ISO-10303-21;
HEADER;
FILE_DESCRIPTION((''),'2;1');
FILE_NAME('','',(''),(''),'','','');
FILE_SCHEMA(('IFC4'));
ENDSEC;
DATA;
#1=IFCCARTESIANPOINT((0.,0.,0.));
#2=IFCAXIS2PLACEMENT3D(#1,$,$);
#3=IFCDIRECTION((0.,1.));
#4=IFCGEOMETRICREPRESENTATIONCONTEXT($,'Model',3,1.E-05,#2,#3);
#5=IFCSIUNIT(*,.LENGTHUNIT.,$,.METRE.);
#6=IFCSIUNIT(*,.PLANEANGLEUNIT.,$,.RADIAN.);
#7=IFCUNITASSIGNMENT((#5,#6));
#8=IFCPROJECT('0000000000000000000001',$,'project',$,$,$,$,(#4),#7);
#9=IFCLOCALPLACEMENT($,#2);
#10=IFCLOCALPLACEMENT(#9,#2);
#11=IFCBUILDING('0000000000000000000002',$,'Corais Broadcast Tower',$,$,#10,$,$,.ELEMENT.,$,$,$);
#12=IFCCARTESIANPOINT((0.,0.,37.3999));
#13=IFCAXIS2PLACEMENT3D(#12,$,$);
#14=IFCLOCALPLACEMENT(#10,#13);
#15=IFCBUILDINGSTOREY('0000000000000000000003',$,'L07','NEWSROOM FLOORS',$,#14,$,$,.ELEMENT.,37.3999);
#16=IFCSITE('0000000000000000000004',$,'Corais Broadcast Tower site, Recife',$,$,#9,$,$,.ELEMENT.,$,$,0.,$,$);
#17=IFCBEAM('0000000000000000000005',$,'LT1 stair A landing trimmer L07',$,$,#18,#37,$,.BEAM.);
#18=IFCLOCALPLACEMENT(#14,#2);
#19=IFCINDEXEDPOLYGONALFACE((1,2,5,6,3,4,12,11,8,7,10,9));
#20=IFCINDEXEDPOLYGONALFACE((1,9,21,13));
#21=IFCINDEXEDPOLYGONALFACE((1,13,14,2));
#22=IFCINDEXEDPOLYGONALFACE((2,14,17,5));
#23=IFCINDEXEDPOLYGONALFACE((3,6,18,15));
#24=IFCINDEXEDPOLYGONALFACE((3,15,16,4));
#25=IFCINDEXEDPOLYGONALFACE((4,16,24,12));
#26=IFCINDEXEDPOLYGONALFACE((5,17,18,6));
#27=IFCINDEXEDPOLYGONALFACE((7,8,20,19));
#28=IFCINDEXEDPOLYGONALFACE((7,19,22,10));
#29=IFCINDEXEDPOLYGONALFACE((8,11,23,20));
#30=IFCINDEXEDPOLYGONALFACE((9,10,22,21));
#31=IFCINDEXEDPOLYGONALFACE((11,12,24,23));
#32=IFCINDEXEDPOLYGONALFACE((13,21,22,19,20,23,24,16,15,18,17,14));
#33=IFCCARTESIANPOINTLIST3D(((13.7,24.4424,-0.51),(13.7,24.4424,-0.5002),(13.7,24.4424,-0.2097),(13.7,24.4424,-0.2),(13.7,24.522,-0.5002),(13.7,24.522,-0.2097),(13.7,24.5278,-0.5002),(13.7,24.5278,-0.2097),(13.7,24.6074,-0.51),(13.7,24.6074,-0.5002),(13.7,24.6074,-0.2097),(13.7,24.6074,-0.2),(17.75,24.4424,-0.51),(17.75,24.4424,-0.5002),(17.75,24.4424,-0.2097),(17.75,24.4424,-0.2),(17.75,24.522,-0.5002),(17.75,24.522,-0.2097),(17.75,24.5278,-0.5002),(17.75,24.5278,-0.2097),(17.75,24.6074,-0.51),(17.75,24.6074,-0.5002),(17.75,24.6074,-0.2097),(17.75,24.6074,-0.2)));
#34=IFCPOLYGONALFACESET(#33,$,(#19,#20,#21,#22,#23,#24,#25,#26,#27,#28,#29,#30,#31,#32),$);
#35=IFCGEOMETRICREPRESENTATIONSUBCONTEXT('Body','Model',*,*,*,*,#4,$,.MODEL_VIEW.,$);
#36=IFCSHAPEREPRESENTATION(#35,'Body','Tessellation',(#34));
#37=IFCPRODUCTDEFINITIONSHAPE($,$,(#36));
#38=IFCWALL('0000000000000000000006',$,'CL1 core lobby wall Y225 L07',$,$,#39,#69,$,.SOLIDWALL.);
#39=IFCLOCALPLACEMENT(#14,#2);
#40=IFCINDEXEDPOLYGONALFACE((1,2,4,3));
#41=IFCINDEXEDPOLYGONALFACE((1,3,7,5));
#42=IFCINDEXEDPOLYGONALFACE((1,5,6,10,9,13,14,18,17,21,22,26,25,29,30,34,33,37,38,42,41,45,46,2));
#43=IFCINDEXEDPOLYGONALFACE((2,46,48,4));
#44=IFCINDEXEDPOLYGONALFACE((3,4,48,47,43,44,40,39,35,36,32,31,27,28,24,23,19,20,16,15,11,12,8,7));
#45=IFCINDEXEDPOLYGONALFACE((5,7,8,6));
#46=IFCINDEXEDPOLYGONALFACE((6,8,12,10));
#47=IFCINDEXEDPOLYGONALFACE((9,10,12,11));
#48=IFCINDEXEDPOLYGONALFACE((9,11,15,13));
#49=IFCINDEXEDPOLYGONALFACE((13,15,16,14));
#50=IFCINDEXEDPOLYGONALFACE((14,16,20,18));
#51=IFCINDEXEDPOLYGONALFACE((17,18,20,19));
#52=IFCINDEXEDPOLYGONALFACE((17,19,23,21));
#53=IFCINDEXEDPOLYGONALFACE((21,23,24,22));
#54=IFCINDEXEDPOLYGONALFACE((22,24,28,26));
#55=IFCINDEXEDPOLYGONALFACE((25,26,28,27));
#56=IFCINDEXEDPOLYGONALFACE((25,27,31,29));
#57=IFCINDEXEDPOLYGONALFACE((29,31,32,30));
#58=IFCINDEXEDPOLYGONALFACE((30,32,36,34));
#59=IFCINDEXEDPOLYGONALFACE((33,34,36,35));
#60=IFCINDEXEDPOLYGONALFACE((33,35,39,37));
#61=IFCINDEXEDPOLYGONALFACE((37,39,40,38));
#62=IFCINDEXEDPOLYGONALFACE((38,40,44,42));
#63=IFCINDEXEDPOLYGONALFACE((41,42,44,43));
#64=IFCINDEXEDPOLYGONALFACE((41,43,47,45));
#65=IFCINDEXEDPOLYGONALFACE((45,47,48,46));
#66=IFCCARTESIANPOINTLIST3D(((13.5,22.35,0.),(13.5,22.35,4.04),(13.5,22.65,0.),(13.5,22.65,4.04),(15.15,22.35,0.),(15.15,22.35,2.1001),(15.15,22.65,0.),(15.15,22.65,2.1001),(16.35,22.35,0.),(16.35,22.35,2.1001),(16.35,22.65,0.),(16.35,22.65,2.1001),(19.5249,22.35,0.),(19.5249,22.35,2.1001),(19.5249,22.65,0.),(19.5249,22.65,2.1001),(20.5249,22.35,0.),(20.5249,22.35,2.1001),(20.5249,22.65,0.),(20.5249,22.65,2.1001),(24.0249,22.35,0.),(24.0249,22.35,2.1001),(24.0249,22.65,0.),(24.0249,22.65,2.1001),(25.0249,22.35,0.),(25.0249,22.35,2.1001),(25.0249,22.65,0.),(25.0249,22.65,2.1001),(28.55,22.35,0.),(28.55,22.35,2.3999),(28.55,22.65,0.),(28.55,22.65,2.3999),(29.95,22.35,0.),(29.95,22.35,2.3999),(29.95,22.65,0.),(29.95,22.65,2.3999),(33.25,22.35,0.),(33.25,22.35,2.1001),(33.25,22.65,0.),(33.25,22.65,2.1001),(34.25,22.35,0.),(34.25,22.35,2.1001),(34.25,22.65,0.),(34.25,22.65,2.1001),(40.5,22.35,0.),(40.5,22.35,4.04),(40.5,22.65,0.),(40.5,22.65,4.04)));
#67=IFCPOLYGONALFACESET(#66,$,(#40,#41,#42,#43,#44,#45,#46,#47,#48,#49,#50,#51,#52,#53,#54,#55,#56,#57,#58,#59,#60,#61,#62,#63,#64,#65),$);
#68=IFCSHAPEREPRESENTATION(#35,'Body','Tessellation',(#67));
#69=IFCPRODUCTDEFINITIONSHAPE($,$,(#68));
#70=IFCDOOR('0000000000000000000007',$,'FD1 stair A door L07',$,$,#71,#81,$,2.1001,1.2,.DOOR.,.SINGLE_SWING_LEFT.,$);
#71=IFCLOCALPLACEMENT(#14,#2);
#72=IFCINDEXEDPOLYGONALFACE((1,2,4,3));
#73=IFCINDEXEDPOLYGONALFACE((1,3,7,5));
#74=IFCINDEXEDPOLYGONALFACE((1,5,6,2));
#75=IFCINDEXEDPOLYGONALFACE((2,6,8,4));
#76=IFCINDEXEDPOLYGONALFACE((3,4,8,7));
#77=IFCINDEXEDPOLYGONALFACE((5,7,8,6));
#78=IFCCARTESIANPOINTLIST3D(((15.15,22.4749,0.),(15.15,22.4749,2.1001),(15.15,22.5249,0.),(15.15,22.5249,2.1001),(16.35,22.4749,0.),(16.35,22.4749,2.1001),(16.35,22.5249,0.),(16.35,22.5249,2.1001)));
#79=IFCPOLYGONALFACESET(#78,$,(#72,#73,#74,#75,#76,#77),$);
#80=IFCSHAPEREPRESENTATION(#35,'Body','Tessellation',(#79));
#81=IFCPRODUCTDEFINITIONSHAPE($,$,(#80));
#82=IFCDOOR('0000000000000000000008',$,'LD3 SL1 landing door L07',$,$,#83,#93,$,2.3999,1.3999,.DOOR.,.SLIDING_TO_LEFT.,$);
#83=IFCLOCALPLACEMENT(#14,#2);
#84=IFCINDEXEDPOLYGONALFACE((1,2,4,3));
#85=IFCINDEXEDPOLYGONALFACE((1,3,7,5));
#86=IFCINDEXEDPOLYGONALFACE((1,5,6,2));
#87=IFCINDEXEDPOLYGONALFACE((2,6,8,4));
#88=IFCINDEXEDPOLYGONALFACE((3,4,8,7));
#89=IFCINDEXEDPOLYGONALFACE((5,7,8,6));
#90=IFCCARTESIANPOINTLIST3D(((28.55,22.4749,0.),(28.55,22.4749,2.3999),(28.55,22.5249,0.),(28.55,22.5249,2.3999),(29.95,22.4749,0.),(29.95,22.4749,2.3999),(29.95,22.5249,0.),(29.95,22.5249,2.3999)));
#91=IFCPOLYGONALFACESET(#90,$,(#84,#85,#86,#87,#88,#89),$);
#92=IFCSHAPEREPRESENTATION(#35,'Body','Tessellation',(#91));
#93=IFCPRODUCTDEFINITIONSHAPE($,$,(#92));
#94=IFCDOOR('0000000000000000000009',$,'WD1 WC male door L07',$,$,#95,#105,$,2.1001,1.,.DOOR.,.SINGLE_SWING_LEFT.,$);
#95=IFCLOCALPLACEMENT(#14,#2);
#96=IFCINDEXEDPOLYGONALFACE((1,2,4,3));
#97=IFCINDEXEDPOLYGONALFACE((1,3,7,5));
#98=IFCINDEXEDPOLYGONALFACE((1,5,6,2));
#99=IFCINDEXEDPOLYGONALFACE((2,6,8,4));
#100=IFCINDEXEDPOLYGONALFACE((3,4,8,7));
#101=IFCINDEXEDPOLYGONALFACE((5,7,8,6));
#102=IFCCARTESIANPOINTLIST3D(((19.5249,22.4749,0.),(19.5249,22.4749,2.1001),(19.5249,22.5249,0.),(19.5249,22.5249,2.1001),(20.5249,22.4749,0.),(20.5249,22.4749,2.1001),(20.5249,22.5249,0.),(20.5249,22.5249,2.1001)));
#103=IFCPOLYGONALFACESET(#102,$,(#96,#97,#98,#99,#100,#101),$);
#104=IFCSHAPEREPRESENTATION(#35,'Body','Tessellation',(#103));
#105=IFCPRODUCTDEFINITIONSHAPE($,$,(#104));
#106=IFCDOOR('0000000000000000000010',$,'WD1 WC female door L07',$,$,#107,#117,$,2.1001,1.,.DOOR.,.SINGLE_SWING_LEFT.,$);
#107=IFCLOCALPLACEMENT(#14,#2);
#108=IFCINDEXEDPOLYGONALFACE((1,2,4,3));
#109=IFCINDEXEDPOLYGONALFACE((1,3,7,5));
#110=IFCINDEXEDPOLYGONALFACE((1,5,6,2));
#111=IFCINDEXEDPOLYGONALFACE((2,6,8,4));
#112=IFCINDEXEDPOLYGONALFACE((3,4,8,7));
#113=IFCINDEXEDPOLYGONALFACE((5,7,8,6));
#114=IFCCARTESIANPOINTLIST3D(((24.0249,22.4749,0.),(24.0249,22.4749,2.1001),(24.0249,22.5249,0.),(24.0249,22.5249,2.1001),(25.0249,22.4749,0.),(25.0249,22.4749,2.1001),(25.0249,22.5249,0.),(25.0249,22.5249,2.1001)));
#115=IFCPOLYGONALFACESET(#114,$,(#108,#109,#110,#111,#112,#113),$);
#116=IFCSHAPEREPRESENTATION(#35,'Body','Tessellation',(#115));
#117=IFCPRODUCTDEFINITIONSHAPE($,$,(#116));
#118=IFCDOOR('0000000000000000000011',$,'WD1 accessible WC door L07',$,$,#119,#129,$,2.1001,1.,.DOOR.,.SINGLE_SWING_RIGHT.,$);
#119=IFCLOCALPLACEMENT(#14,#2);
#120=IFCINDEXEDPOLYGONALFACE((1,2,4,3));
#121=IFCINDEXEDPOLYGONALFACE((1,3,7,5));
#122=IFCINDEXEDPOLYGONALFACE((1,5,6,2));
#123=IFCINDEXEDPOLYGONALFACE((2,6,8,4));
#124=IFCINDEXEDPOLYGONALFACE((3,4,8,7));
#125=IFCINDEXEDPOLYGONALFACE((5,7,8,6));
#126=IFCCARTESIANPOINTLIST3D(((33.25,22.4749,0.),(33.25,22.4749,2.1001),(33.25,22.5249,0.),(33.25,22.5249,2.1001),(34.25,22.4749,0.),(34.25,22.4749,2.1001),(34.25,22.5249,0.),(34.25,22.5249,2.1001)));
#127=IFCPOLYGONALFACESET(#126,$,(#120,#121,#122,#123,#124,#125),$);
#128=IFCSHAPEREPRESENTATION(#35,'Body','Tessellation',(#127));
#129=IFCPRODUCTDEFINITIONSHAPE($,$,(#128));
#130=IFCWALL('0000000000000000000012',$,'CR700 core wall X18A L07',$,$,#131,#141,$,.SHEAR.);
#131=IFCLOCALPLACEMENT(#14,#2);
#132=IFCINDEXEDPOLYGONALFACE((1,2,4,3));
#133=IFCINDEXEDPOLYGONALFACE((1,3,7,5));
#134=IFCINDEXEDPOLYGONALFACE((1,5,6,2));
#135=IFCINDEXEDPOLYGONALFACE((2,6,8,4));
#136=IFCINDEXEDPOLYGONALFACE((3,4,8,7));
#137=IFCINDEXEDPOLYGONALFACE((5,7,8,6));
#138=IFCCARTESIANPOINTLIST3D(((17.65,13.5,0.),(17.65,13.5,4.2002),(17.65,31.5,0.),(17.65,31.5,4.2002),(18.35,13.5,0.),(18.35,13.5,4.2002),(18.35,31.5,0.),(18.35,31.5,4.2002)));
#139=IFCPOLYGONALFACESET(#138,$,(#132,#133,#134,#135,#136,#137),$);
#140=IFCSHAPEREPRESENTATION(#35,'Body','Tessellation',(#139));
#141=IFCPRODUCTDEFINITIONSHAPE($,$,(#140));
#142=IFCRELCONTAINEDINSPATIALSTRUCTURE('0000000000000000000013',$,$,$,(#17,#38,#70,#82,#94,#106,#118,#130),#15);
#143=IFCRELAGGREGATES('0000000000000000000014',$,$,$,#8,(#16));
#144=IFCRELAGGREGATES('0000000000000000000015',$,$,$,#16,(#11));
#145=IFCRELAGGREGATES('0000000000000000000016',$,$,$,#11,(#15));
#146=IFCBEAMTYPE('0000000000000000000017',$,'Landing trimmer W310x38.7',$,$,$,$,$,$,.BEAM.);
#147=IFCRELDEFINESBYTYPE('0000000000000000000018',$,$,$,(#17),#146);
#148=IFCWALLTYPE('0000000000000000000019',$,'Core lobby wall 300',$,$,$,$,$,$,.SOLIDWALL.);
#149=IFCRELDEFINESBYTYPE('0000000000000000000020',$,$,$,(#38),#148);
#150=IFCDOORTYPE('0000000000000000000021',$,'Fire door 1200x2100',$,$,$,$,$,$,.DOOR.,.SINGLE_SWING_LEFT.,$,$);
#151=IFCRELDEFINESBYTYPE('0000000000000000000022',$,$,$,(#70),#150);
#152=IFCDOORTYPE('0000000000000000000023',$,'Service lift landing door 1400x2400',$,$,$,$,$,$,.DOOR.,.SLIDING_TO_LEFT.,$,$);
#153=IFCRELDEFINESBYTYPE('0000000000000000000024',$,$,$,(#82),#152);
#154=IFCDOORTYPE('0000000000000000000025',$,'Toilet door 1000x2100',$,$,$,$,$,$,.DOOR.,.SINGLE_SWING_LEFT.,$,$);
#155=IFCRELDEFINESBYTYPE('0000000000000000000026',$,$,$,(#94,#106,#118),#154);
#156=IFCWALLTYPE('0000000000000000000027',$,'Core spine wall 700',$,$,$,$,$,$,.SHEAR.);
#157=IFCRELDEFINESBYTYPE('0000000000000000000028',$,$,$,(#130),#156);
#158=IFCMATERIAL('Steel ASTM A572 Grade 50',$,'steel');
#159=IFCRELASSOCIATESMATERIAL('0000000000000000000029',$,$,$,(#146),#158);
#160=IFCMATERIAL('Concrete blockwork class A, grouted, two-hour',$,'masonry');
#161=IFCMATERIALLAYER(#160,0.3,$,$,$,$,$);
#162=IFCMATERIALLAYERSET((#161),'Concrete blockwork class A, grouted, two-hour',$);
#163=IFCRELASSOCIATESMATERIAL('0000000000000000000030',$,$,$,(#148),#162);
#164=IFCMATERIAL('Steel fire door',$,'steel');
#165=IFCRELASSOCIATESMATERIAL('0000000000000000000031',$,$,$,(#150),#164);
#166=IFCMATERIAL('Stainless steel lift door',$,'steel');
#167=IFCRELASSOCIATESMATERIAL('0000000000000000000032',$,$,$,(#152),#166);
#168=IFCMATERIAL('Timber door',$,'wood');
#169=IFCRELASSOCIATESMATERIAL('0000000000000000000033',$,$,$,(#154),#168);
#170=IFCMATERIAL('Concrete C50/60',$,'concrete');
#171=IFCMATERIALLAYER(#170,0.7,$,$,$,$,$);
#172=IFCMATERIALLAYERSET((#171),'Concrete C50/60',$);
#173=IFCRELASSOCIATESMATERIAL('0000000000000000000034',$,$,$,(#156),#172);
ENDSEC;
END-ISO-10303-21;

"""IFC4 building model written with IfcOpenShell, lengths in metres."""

from ifc_helpers import new_model, si_unit, direction, frame, frame_2d, origin, origin_2d, place, context, subcontext, project, spatial, rectangle, i_section, extrude, material, layer, layer_set, material_profile, profile_set, type_object, element, fill, save


model = new_model("IFC4")

# Units and contexts
model_context = context("Model", 3, precision=1e-05, world=origin(), true_north=direction((0.0, 1.0)))
body_context = subcontext(model_context, "Body", "Model", "MODEL_VIEW")
ifc_project = project(units=[si_unit("LENGTHUNIT", "METRE"), si_unit("PLANEANGLEUNIT", "RADIAN")], contexts=[model_context])

# Site, building, storey
site_placement = place(None, origin())
site = spatial("IfcSite", under=ifc_project, at=site_placement, Name="Corais Broadcast Tower site, Recife", CompositionType="ELEMENT", RefElevation=0.0)
building_placement = place(site_placement, origin())
building = spatial("IfcBuilding", under=site, at=building_placement, Name="Corais Broadcast Tower", CompositionType="ELEMENT")
storey_placement = place(building_placement, frame((0.0, 0.0, 37.3999)))
storey = spatial("IfcBuildingStorey", under=building, at=storey_placement, Name="L07", Description="NEWSROOM FLOORS", CompositionType="ELEMENT", Elevation=37.3999)

# Beam
ifc_material_1 = material(Name="Steel ASTM A572 Grade 50", Category="steel")
ifc_material_profile = material_profile(ifc_material_1, i_section(OverallWidth=0.165, OverallDepth=0.3101, WebThickness=0.0059, FlangeThickness=0.0098, at=origin_2d()), Name="W310x38.7")
ifc_profile_set = profile_set([ifc_material_profile], Name="Steel ASTM A572 Grade 50")
beam_type = type_object("IfcBeamType", Name="Landing trimmer W310x38.7", PredefinedType="BEAM", material=ifc_profile_set)
beam_placement = place(storey_placement, frame((13.7, 24.5249, -0.355), z_axis=(1.0, 0.0, 0.0), x_axis=(0.0, 1.0, 0.0)))
element("IfcBeam", 1, at=beam_placement, inside=storey, type_object=beam_type, Name="LT1 stair A landing trimmer L07", PredefinedType="BEAM", context=body_context, shape_type="SweptSolid", body=[
    extrude(i_section(OverallWidth=0.165, OverallDepth=0.3101, WebThickness=0.0059, FlangeThickness=0.0098, at=origin_2d()), origin(), (0.0, 0.0, 1.0), 4.05),
])

# Wall, openings, doors
ifc_material_2 = material(Name="Concrete blockwork class A, grouted, two-hour", Category="masonry")
ifc_layer_1 = layer(ifc_material_2, 0.3)
ifc_layer_set_1 = layer_set([ifc_layer_1], Name="Concrete blockwork class A, grouted, two-hour")
wall_type_1 = type_object("IfcWallType", Name="Core lobby wall 300", PredefinedType="SOLIDWALL", material=ifc_layer_set_1)
wall_1_placement = place(storey_placement, frame((13.5, 22.5, 0.0), z_axis=(0.0, 0.0, 1.0), x_axis=(1.0, 0.0, 0.0)))
wall_1 = element("IfcWall", 2, at=wall_1_placement, inside=storey, type_object=wall_type_1, Name="CL1 core lobby wall Y225 L07", PredefinedType="SOLIDWALL", context=body_context, shape_type="SweptSolid", body=[
    extrude(rectangle(XDim=27.0, YDim=0.3, at=frame_2d((13.5, 0.0))), origin(), (0.0, 0.0, 1.0), 4.04),
])
opening_1_placement = place(wall_1_placement, frame((1.6499, 0.0, 0.0)))
opening_1 = element("IfcOpeningElement", 3, at=opening_1_placement, cuts=wall_1, PredefinedType="OPENING", context=body_context, shape_type="SweptSolid", body=[
    extrude(rectangle(XDim=1.2, YDim=2.1001, at=frame_2d((0.6001, 1.05))), frame((0.0, 0.1599, 0.0), z_axis=(0.0, -1.0, 0.0), x_axis=(1.0, 0.0, 0.0)), (0.0, 0.0, 1.0), 0.3201),
])
opening_2_placement = place(wall_1_placement, frame((6.0249, 0.0, 0.0)))
opening_2 = element("IfcOpeningElement", 4, at=opening_2_placement, cuts=wall_1, PredefinedType="OPENING", context=body_context, shape_type="SweptSolid", body=[
    extrude(rectangle(XDim=1.0, YDim=2.1001, at=frame_2d((0.5, 1.05))), frame((0.0, 0.1599, 0.0), z_axis=(0.0, -1.0, 0.0), x_axis=(1.0, 0.0, 0.0)), (0.0, 0.0, 1.0), 0.3201),
])
opening_3_placement = place(wall_1_placement, frame((10.5249, 0.0, 0.0)))
opening_3 = element("IfcOpeningElement", 5, at=opening_3_placement, cuts=wall_1, PredefinedType="OPENING", context=body_context, shape_type="SweptSolid", body=[
    extrude(rectangle(XDim=1.0, YDim=2.1001, at=frame_2d((0.5, 1.05))), frame((0.0, 0.1599, 0.0), z_axis=(0.0, -1.0, 0.0), x_axis=(1.0, 0.0, 0.0)), (0.0, 0.0, 1.0), 0.3201),
])
opening_4_placement = place(wall_1_placement, frame((19.75, 0.0, 0.0)))
opening_4 = element("IfcOpeningElement", 6, at=opening_4_placement, cuts=wall_1, PredefinedType="OPENING", context=body_context, shape_type="SweptSolid", body=[
    extrude(rectangle(XDim=1.0, YDim=2.1001, at=frame_2d((0.5, 1.05))), frame((0.0, 0.1599, 0.0), z_axis=(0.0, -1.0, 0.0), x_axis=(1.0, 0.0, 0.0)), (0.0, 0.0, 1.0), 0.3201),
])
opening_5_placement = place(wall_1_placement, frame((15.05, 0.0, 0.0)))
opening_5 = element("IfcOpeningElement", 7, at=opening_5_placement, cuts=wall_1, PredefinedType="OPENING", context=body_context, shape_type="SweptSolid", body=[
    extrude(rectangle(XDim=1.3999, YDim=2.3999, at=frame_2d((0.7, 1.2))), frame((0.0, 0.1599, 0.0), z_axis=(0.0, -1.0, 0.0), x_axis=(1.0, 0.0, 0.0)), (0.0, 0.0, 1.0), 0.3201),
])
ifc_material_3 = material(Name="Steel fire door", Category="steel")
door_type_1 = type_object("IfcDoorType", Name="Fire door 1200x2100", OperationType="SINGLE_SWING_LEFT", PredefinedType="DOOR", material=ifc_material_3)
door_1_placement = place(opening_1_placement, origin())
door_1 = element("IfcDoor", 8, at=door_1_placement, inside=storey, type_object=door_type_1, Name="FD1 stair A door L07", OperationType="SINGLE_SWING_LEFT", OverallHeight=2.1001, OverallWidth=1.2, PredefinedType="DOOR", context=body_context, shape_type="SweptSolid", body=[
    extrude(rectangle(XDim=1.2, YDim=2.1001, at=frame_2d((0.6001, 1.05))), frame((0.0, 0.0249, 0.0), z_axis=(0.0, -1.0, 0.0), x_axis=(1.0, 0.0, 0.0)), (0.0, 0.0, 1.0), 0.05),
])
fill(opening_1, door_1)
ifc_material_4 = material(Name="Stainless steel lift door", Category="steel")
door_type_2 = type_object("IfcDoorType", Name="Service lift landing door 1400x2400", OperationType="SLIDING_TO_LEFT", PredefinedType="DOOR", material=ifc_material_4)
door_2_placement = place(opening_5_placement, origin())
door_2 = element("IfcDoor", 9, at=door_2_placement, inside=storey, type_object=door_type_2, Name="LD3 SL1 landing door L07", OperationType="SLIDING_TO_LEFT", OverallHeight=2.3999, OverallWidth=1.3999, PredefinedType="DOOR", context=body_context, shape_type="SweptSolid", body=[
    extrude(rectangle(XDim=1.3999, YDim=2.3999, at=frame_2d((0.7, 1.2))), frame((0.0, 0.0249, 0.0), z_axis=(0.0, -1.0, 0.0), x_axis=(1.0, 0.0, 0.0)), (0.0, 0.0, 1.0), 0.05),
])
fill(opening_5, door_2)
ifc_material_5 = material(Name="Timber door", Category="wood")
door_type_3 = type_object("IfcDoorType", Name="Toilet door 1000x2100", OperationType="SINGLE_SWING_LEFT", PredefinedType="DOOR", material=ifc_material_5)
door_3_placement = place(opening_2_placement, origin())
door_3 = element("IfcDoor", 10, at=door_3_placement, inside=storey, type_object=door_type_3, Name="WD1 WC male door L07", OperationType="SINGLE_SWING_LEFT", OverallHeight=2.1001, OverallWidth=1.0, PredefinedType="DOOR", context=body_context, shape_type="SweptSolid", body=[
    extrude(rectangle(XDim=1.0, YDim=2.1001, at=frame_2d((0.5, 1.05))), frame((0.0, 0.0249, 0.0), z_axis=(0.0, -1.0, 0.0), x_axis=(1.0, 0.0, 0.0)), (0.0, 0.0, 1.0), 0.05),
])
fill(opening_2, door_3)
door_4_placement = place(opening_3_placement, origin())
door_4 = element("IfcDoor", 11, at=door_4_placement, inside=storey, type_object=door_type_3, Name="WD1 WC female door L07", OperationType="SINGLE_SWING_LEFT", OverallHeight=2.1001, OverallWidth=1.0, PredefinedType="DOOR", context=body_context, shape_type="SweptSolid", body=[
    extrude(rectangle(XDim=1.0, YDim=2.1001, at=frame_2d((0.5, 1.05))), frame((0.0, 0.0249, 0.0), z_axis=(0.0, -1.0, 0.0), x_axis=(1.0, 0.0, 0.0)), (0.0, 0.0, 1.0), 0.05),
])
fill(opening_3, door_4)
door_5_placement = place(opening_4_placement, origin())
door_5 = element("IfcDoor", 12, at=door_5_placement, inside=storey, type_object=door_type_3, Name="WD1 accessible WC door L07", OperationType="SINGLE_SWING_RIGHT", OverallHeight=2.1001, OverallWidth=1.0, PredefinedType="DOOR", context=body_context, shape_type="SweptSolid", body=[
    extrude(rectangle(XDim=1.0, YDim=2.1001, at=frame_2d((0.5, 1.05))), frame((0.0, 0.0249, 0.0), z_axis=(0.0, -1.0, 0.0), x_axis=(1.0, 0.0, 0.0)), (0.0, 0.0, 1.0), 0.05),
])
fill(opening_4, door_5)

# Wall
ifc_material_6 = material(Name="Concrete C50/60", Category="concrete")
ifc_layer_2 = layer(ifc_material_6, 0.7)
ifc_layer_set_2 = layer_set([ifc_layer_2], Name="Concrete C50/60")
wall_type_2 = type_object("IfcWallType", Name="Core spine wall 700", PredefinedType="SHEAR", material=ifc_layer_set_2)
wall_2_placement = place(storey_placement, frame((18.0, 13.5, 0.0), z_axis=(0.0, 0.0, 1.0), x_axis=(0.0, 1.0, 0.0)))
element("IfcWall", 13, at=wall_2_placement, inside=storey, type_object=wall_type_2, Name="CR700 core wall X18A L07", PredefinedType="SHEAR", context=body_context, shape_type="SweptSolid", body=[
    extrude(rectangle(XDim=18.0, YDim=0.7, at=frame_2d((9.0, 0.0))), origin(), (0.0, 0.0, 1.0), 4.2002),
])

save(model, "model.ifc")
